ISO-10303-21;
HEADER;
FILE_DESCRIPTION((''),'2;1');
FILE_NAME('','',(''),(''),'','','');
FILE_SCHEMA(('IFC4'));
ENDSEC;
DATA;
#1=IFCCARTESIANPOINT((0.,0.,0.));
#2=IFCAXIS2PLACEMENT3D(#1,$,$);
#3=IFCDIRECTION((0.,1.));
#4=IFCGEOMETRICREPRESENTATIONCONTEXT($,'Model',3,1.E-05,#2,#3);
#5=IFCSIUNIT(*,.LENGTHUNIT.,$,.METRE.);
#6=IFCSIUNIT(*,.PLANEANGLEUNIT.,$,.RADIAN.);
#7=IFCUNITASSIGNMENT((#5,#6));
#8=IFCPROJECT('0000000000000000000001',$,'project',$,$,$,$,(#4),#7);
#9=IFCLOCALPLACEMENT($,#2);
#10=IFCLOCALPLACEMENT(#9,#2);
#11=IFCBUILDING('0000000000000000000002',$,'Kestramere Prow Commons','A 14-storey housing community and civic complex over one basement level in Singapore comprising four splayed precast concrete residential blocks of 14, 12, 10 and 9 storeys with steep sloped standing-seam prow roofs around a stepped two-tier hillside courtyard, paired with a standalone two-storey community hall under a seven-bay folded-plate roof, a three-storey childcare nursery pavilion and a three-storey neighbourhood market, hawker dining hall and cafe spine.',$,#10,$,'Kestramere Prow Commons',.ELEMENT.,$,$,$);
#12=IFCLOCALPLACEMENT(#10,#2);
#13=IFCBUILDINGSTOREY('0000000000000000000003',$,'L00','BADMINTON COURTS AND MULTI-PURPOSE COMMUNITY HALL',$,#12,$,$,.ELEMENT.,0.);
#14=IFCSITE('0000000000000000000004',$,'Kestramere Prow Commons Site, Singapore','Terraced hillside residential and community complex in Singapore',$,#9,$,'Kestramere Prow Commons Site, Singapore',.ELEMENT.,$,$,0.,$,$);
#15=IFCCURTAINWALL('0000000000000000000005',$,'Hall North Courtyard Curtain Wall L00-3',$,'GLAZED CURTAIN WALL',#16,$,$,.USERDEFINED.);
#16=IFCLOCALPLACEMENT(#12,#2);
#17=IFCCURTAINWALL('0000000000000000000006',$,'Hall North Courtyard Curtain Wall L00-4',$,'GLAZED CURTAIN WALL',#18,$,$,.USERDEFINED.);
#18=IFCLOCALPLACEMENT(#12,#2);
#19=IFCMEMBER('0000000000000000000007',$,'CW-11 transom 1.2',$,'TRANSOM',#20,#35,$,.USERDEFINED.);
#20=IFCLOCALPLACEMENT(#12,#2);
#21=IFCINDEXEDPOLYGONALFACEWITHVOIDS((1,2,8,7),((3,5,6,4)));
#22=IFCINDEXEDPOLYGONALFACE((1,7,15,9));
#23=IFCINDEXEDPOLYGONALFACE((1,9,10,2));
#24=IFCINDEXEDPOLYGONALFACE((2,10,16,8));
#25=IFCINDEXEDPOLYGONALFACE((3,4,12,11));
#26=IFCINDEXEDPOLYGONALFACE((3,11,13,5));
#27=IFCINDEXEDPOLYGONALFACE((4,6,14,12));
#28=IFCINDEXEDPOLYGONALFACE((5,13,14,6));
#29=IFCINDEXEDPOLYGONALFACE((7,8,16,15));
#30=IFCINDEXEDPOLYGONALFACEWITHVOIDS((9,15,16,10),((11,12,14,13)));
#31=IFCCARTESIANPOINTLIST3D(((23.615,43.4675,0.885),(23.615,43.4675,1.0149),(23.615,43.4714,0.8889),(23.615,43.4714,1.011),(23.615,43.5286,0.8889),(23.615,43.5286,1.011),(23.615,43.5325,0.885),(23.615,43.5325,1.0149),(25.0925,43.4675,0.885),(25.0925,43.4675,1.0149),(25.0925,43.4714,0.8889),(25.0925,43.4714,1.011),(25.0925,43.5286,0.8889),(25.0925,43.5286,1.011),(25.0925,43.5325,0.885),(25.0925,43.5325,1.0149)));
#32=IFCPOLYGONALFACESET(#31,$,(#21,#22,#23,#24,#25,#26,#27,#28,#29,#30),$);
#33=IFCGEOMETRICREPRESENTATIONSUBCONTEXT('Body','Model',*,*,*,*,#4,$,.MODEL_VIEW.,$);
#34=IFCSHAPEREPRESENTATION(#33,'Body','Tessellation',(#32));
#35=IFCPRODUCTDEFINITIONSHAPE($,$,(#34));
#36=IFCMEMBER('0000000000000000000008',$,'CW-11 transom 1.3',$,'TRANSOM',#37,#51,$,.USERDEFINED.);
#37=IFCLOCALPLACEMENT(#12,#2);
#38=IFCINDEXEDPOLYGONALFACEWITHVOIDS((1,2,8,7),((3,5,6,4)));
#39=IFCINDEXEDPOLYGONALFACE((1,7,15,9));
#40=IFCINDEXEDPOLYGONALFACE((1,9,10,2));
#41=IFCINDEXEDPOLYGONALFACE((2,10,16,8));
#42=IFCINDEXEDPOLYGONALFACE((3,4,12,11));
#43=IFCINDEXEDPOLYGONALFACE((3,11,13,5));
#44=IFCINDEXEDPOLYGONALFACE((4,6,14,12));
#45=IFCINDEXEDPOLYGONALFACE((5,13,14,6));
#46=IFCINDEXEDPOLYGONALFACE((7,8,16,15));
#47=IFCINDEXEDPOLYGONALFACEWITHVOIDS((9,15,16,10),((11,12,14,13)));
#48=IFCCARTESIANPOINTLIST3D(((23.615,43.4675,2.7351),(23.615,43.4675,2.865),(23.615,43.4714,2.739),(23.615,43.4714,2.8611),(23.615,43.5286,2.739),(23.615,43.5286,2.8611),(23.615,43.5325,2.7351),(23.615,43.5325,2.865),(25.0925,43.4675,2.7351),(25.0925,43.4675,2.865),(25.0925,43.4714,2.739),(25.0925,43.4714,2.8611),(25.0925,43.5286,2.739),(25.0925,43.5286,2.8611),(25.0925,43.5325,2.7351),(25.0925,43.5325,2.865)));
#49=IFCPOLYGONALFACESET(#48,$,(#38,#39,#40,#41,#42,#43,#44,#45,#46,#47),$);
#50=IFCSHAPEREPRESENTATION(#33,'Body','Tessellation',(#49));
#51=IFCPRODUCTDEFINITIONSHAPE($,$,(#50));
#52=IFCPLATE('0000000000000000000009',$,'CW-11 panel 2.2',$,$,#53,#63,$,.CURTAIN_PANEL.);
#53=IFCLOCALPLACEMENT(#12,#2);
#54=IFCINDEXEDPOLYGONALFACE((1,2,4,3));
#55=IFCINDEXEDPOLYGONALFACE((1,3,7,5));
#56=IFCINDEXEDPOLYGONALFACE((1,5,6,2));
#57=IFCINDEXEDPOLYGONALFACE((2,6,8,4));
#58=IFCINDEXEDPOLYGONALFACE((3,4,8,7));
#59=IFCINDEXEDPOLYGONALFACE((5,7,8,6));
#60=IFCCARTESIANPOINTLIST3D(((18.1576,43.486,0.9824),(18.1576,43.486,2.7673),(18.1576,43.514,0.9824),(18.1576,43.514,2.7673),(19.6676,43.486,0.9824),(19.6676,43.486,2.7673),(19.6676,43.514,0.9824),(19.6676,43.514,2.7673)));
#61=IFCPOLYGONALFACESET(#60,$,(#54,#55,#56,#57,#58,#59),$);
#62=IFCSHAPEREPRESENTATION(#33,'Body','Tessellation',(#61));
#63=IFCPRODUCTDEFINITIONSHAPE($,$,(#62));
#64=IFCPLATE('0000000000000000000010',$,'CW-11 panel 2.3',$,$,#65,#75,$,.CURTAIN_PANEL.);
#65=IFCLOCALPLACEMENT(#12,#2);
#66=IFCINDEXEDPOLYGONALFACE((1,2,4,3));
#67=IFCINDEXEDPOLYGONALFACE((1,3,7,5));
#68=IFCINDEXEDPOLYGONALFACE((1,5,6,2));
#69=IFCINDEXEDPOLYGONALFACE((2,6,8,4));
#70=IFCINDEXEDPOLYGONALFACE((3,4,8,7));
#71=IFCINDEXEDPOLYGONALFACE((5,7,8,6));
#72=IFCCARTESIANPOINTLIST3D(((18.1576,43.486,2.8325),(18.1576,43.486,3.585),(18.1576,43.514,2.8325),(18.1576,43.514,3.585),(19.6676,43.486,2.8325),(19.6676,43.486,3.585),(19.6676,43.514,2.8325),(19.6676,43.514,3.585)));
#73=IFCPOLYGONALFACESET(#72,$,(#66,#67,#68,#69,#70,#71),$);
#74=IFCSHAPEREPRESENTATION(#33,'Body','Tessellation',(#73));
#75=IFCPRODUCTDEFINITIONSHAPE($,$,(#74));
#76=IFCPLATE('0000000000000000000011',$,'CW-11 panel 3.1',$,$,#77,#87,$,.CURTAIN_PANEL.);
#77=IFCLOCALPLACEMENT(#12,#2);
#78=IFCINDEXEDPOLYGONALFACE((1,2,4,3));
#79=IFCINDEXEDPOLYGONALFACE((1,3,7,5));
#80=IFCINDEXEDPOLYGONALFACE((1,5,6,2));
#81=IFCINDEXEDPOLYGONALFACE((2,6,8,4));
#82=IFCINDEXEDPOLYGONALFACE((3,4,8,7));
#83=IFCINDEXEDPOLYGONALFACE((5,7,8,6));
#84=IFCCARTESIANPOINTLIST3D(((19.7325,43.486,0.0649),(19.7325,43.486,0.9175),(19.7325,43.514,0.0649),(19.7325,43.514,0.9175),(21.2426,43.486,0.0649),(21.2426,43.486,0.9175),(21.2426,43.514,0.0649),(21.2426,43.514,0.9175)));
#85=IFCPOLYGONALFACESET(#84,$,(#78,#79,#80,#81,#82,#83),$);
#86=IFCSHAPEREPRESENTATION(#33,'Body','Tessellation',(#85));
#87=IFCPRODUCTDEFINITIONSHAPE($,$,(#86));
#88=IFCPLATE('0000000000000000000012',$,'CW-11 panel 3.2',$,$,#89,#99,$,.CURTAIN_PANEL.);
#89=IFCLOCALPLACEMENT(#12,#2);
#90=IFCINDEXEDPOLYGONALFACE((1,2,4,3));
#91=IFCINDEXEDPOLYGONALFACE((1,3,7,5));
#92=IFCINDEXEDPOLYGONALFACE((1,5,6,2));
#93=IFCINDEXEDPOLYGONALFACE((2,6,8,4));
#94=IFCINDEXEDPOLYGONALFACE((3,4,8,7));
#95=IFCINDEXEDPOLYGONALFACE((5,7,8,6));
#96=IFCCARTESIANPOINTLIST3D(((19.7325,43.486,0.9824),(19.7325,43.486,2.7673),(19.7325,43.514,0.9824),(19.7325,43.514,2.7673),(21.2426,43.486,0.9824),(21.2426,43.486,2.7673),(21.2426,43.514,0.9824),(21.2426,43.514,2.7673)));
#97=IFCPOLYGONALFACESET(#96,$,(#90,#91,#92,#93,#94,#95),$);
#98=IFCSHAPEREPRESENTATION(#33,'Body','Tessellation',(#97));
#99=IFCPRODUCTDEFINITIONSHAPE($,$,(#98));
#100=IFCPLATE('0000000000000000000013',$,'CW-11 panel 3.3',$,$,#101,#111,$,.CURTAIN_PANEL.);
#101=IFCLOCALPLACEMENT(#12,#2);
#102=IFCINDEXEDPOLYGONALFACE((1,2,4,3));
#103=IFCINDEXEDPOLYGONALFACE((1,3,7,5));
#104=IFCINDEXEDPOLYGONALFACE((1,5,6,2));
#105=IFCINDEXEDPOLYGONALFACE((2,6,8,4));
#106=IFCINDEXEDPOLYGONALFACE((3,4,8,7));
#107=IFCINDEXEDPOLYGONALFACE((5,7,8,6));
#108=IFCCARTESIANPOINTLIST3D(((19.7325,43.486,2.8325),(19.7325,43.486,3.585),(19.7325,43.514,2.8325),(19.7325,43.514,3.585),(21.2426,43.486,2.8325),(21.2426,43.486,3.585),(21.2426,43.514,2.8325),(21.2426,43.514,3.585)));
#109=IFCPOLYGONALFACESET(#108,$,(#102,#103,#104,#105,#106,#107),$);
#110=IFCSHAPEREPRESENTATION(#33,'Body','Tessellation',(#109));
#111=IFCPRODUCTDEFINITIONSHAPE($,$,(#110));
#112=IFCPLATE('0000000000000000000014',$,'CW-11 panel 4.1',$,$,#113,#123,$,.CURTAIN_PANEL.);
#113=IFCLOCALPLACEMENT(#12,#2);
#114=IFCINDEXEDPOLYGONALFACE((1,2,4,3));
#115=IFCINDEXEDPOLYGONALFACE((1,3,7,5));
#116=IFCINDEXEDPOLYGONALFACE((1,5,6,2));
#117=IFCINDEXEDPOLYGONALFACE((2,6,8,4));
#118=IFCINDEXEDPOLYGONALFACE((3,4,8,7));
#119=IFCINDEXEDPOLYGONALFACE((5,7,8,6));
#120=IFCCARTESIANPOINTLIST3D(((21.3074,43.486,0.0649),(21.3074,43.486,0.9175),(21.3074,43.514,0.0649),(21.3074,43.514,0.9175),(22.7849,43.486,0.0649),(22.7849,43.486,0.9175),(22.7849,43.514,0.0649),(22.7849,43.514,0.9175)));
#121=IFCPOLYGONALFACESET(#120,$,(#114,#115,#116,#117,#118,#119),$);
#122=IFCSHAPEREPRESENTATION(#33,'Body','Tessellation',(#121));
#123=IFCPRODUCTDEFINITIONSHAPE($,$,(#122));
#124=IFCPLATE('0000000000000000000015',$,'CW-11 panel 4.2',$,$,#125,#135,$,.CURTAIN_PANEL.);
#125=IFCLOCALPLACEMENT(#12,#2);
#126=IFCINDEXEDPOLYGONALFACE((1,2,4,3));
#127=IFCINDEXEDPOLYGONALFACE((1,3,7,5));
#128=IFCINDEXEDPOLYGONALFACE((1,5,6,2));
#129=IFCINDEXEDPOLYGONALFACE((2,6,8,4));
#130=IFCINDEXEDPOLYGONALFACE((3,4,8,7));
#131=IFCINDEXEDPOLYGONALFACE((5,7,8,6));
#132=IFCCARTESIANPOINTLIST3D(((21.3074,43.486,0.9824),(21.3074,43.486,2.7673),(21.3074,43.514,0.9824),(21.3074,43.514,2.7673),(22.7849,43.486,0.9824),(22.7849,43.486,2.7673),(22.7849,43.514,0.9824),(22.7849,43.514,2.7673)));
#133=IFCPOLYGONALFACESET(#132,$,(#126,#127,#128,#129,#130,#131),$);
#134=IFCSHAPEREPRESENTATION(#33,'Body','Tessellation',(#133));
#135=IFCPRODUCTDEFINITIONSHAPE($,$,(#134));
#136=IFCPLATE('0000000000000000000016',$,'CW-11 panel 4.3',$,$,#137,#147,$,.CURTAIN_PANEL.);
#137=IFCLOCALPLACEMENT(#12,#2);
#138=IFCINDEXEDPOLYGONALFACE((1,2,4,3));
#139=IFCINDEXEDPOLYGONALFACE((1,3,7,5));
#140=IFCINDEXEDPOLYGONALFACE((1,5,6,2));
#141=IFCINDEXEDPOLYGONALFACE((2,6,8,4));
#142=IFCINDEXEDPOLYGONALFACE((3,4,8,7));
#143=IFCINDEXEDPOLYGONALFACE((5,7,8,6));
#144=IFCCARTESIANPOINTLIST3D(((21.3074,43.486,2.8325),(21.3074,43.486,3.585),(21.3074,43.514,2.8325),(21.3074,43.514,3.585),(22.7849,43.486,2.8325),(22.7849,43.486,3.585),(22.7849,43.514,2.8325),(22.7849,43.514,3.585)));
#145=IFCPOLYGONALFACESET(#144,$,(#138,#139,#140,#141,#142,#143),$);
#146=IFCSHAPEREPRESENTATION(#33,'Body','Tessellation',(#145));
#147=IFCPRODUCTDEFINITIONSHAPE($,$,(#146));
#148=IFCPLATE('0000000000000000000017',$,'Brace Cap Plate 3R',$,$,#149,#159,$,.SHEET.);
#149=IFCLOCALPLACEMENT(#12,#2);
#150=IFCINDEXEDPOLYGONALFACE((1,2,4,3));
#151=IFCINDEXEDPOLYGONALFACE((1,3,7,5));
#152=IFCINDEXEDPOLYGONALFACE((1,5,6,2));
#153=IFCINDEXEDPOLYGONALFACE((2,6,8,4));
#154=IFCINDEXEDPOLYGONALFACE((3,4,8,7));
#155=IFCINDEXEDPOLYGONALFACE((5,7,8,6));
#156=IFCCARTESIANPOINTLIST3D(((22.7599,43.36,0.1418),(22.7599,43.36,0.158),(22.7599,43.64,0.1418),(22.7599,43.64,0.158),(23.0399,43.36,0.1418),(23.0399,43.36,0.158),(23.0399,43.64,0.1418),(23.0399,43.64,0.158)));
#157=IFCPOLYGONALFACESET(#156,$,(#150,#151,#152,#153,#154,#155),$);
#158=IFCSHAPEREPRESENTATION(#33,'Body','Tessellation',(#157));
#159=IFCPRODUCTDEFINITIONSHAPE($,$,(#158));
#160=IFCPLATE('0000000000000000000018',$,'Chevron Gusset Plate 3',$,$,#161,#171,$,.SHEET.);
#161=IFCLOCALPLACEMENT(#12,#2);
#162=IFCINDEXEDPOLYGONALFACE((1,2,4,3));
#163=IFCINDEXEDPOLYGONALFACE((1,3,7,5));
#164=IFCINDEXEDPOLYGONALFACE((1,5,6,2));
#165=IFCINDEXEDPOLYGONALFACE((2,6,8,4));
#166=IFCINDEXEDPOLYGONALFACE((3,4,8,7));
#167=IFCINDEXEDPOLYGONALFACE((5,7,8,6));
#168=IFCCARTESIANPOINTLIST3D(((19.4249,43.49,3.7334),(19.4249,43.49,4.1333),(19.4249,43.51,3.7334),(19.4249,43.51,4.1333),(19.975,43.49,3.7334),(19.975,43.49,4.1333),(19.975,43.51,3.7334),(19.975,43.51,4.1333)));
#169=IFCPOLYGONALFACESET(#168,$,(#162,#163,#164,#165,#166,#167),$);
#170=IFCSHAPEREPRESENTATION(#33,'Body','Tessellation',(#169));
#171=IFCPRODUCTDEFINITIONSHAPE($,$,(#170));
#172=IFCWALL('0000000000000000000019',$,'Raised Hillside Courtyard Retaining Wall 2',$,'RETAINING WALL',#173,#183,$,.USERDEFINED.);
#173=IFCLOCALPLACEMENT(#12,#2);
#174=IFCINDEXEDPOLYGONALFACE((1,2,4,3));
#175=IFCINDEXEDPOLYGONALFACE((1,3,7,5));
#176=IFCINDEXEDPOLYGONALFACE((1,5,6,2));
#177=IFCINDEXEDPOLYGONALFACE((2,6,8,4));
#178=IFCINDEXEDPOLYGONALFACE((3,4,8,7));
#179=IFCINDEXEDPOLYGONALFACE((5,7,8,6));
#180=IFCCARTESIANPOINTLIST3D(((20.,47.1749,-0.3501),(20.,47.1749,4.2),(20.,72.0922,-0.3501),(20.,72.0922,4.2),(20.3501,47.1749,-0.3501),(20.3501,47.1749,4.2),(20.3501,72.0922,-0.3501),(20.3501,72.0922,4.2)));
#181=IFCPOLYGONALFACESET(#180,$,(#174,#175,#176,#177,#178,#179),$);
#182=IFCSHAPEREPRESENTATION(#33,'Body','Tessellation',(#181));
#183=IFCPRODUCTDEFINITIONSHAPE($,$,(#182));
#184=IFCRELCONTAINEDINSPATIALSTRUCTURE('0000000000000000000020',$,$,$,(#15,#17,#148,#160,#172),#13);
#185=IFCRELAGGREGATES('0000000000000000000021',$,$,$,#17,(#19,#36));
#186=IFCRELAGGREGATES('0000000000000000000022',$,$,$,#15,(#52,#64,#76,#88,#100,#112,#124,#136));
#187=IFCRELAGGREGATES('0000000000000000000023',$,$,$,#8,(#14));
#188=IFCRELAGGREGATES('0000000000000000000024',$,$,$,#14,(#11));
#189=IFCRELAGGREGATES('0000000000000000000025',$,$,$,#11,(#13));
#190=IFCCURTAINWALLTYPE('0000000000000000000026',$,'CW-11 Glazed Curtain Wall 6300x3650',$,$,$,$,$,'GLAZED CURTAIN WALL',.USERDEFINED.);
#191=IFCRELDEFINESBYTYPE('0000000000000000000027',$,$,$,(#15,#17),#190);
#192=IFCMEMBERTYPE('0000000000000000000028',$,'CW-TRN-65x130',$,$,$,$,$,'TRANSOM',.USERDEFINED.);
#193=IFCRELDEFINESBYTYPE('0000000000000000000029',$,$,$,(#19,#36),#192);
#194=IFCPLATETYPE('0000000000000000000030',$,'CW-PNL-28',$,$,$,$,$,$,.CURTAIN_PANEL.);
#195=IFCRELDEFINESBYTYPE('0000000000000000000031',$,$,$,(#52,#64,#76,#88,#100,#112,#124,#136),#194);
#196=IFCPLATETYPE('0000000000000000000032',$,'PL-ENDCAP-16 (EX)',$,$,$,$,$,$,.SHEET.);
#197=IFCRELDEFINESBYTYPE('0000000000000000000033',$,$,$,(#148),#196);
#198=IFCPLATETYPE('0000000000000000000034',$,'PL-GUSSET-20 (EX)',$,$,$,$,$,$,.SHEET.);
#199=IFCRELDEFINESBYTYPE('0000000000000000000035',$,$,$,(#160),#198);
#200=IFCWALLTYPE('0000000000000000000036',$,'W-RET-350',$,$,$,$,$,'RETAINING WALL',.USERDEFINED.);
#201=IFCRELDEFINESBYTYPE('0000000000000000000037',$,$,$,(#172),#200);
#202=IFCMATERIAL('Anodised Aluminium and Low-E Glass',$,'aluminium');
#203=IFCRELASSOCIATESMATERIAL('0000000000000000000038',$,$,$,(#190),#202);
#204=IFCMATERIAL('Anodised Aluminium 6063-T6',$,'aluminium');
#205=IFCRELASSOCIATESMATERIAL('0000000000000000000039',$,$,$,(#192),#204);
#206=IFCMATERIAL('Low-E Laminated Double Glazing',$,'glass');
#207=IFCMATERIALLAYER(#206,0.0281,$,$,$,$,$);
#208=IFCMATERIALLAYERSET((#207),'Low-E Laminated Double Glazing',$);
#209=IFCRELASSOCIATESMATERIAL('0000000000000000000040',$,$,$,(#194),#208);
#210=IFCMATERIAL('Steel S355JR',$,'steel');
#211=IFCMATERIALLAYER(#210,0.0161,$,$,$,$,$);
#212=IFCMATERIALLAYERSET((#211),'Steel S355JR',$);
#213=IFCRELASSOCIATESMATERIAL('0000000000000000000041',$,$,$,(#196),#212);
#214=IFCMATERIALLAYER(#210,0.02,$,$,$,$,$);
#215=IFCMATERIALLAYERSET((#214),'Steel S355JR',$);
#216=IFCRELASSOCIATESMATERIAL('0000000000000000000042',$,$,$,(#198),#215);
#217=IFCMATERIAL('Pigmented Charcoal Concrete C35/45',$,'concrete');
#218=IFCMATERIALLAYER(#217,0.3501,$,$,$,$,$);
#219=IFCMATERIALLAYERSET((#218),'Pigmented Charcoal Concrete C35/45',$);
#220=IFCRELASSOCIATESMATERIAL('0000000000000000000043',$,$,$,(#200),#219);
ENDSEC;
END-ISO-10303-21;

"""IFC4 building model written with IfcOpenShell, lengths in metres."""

from ifc_helpers import new_model, si_unit, direction, frame, frame_2d, origin, origin_2d, place, context, subcontext, project, spatial, rectangle, hollow_rectangle, extrude, material, layer, layer_set, material_profile, profile_set, type_object, element, aggregate, save


model = new_model("IFC4")

# Units and contexts
model_context = context("Model", 3, precision=1e-05, world=origin(), true_north=direction((0.0, 1.0)))
body_context = subcontext(model_context, "Body", "Model", "MODEL_VIEW")
ifc_project = project(units=[si_unit("LENGTHUNIT", "METRE"), si_unit("PLANEANGLEUNIT", "RADIAN")], contexts=[model_context])

# Site, building, storey
site_placement = place(None, origin())
site = spatial("IfcSite", under=ifc_project, at=site_placement, Name="Kestramere Prow Commons Site, Singapore", Description="Terraced hillside residential and community complex in Singapore", LongName="Kestramere Prow Commons Site, Singapore", CompositionType="ELEMENT", RefElevation=0.0)
building_placement = place(site_placement, origin())
building = spatial("IfcBuilding", under=site, at=building_placement, Name="Kestramere Prow Commons", Description="A 14-storey housing community and civic complex over one basement level in Singapore comprising four splayed precast concrete residential blocks of 14, 12, 10 and 9 storeys with steep sloped standing-seam prow roofs around a stepped two-tier hillside courtyard, paired with a standalone two-storey community hall under a seven-bay folded-plate roof, a three-storey childcare nursery pavilion and a three-storey neighbourhood market, hawker dining hall and cafe spine.", LongName="Kestramere Prow Commons", CompositionType="ELEMENT")
storey_placement = place(building_placement, origin())
storey = spatial("IfcBuildingStorey", under=building, at=storey_placement, Name="L00", Description="BADMINTON COURTS AND MULTI-PURPOSE COMMUNITY HALL", CompositionType="ELEMENT", Elevation=0.0)

# Shared definitions
ifc_material_1 = material(Name="Steel S355JR", Category="steel")

# Curtain wall
ifc_material_2 = material(Name="Anodised Aluminium and Low-E Glass", Category="aluminium")
curtain_wall_type = type_object("IfcCurtainWallType", Name="CW-11 Glazed Curtain Wall 6300x3650", ElementType="GLAZED CURTAIN WALL", PredefinedType="USERDEFINED", material=ifc_material_2)
curtain_wall_1_placement = place(storey_placement, origin())
curtain_wall_1 = element("IfcCurtainWall", 1, at=curtain_wall_1_placement, inside=storey, type_object=curtain_wall_type, Name="Hall North Courtyard Curtain Wall L00-3", ObjectType="GLAZED CURTAIN WALL", PredefinedType="USERDEFINED")
ifc_material_3 = material(Name="Anodised Aluminium 6063-T6", Category="aluminium")

# Curtain wall
curtain_wall_2_placement = place(storey_placement, origin())
curtain_wall_2 = element("IfcCurtainWall", 2, at=curtain_wall_2_placement, inside=storey, type_object=curtain_wall_type, Name="Hall North Courtyard Curtain Wall L00-4", ObjectType="GLAZED CURTAIN WALL", PredefinedType="USERDEFINED")

# Members
ifc_material_profile_1 = material_profile(ifc_material_3, hollow_rectangle(XDim=0.0649, YDim=0.1299, WallThickness=0.0039, at=origin_2d()), Name="ALU-TRN 65x130")
ifc_profile_set_1 = profile_set([ifc_material_profile_1], Name="Anodised Aluminium 6063-T6")
member_type_1 = type_object("IfcMemberType", Name="CW-TRN-65x130", ElementType="TRANSOM", PredefinedType="USERDEFINED", material=ifc_profile_set_1)
member_1_placement = place(storey_placement, frame((23.615, 43.5, 0.95), z_axis=(1.0, 0.0, 0.0), x_axis=(0.0, 1.0, 0.0)))
member_1 = element("IfcMember", 3, at=member_1_placement, type_object=member_type_1, Name="CW-11 transom 1.2", ObjectType="TRANSOM", PredefinedType="USERDEFINED", context=body_context, shape_type="SweptSolid", body=[
    extrude(hollow_rectangle(XDim=0.0649, YDim=0.1299, WallThickness=0.0039, at=origin_2d()), origin(), (0.0, 0.0, 1.0), 1.4775),
])
member_2_placement = place(storey_placement, frame((23.615, 43.5, 2.8), z_axis=(1.0, 0.0, 0.0), x_axis=(0.0, 1.0, 0.0)))
member_2 = element("IfcMember", 4, at=member_2_placement, type_object=member_type_1, Name="CW-11 transom 1.3", ObjectType="TRANSOM", PredefinedType="USERDEFINED", context=body_context, shape_type="SweptSolid", body=[
    extrude(hollow_rectangle(XDim=0.0649, YDim=0.1299, WallThickness=0.0039, at=origin_2d()), origin(), (0.0, 0.0, 1.0), 1.4775),
])
aggregate(curtain_wall_2, [member_1, member_2])

# Plates
ifc_material_4 = material(Name="Low-E Laminated Double Glazing", Category="glass")
ifc_layer_1 = layer(ifc_material_4, 0.0281)
ifc_layer_set_1 = layer_set([ifc_layer_1], Name="Low-E Laminated Double Glazing")
plate_type_1 = type_object("IfcPlateType", Name="CW-PNL-28", PredefinedType="CURTAIN_PANEL", material=ifc_layer_set_1)
plate_1_placement = place(storey_placement, frame((18.9126, 43.5, 0.9824), z_axis=(0.0, 0.0, 1.0), x_axis=(1.0, 0.0, 0.0)))
plate_1 = element("IfcPlate", 5, at=plate_1_placement, type_object=plate_type_1, Name="CW-11 panel 2.2", PredefinedType="CURTAIN_PANEL", context=body_context, shape_type="SweptSolid", body=[
    extrude(rectangle(XDim=1.51, YDim=0.0281, at=origin_2d()), origin(), (0.0, 0.0, 1.0), 1.7849),
])
plate_2_placement = place(storey_placement, frame((18.9126, 43.5, 2.8325), z_axis=(0.0, 0.0, 1.0), x_axis=(1.0, 0.0, 0.0)))
plate_2 = element("IfcPlate", 6, at=plate_2_placement, type_object=plate_type_1, Name="CW-11 panel 2.3", PredefinedType="CURTAIN_PANEL", context=body_context, shape_type="SweptSolid", body=[
    extrude(rectangle(XDim=1.51, YDim=0.0281, at=origin_2d()), origin(), (0.0, 0.0, 1.0), 0.7524),
])
plate_3_placement = place(storey_placement, frame((20.4875, 43.5, 0.0649), z_axis=(0.0, 0.0, 1.0), x_axis=(1.0, 0.0, 0.0)))
plate_3 = element("IfcPlate", 7, at=plate_3_placement, type_object=plate_type_1, Name="CW-11 panel 3.1", PredefinedType="CURTAIN_PANEL", context=body_context, shape_type="SweptSolid", body=[
    extrude(rectangle(XDim=1.51, YDim=0.0281, at=origin_2d()), origin(), (0.0, 0.0, 1.0), 0.8525),
])
plate_4_placement = place(storey_placement, frame((20.4875, 43.5, 0.9824), z_axis=(0.0, 0.0, 1.0), x_axis=(1.0, 0.0, 0.0)))
plate_4 = element("IfcPlate", 8, at=plate_4_placement, type_object=plate_type_1, Name="CW-11 panel 3.2", PredefinedType="CURTAIN_PANEL", context=body_context, shape_type="SweptSolid", body=[
    extrude(rectangle(XDim=1.51, YDim=0.0281, at=origin_2d()), origin(), (0.0, 0.0, 1.0), 1.7849),
])
plate_5_placement = place(storey_placement, frame((20.4875, 43.5, 2.8325), z_axis=(0.0, 0.0, 1.0), x_axis=(1.0, 0.0, 0.0)))
plate_5 = element("IfcPlate", 9, at=plate_5_placement, type_object=plate_type_1, Name="CW-11 panel 3.3", PredefinedType="CURTAIN_PANEL", context=body_context, shape_type="SweptSolid", body=[
    extrude(rectangle(XDim=1.51, YDim=0.0281, at=origin_2d()), origin(), (0.0, 0.0, 1.0), 0.7524),
])
plate_6_placement = place(storey_placement, frame((22.0461, 43.5, 0.0649), z_axis=(0.0, 0.0, 1.0), x_axis=(1.0, 0.0, 0.0)))
plate_6 = element("IfcPlate", 10, at=plate_6_placement, type_object=plate_type_1, Name="CW-11 panel 4.1", PredefinedType="CURTAIN_PANEL", context=body_context, shape_type="SweptSolid", body=[
    extrude(rectangle(XDim=1.4775, YDim=0.0281, at=origin_2d()), origin(), (0.0, 0.0, 1.0), 0.8525),
])
plate_7_placement = place(storey_placement, frame((22.0461, 43.5, 0.9824), z_axis=(0.0, 0.0, 1.0), x_axis=(1.0, 0.0, 0.0)))
plate_7 = element("IfcPlate", 11, at=plate_7_placement, type_object=plate_type_1, Name="CW-11 panel 4.2", PredefinedType="CURTAIN_PANEL", context=body_context, shape_type="SweptSolid", body=[
    extrude(rectangle(XDim=1.4775, YDim=0.0281, at=origin_2d()), origin(), (0.0, 0.0, 1.0), 1.7849),
])
plate_8_placement = place(storey_placement, frame((22.0461, 43.5, 2.8325), z_axis=(0.0, 0.0, 1.0), x_axis=(1.0, 0.0, 0.0)))
plate_8 = element("IfcPlate", 12, at=plate_8_placement, type_object=plate_type_1, Name="CW-11 panel 4.3", PredefinedType="CURTAIN_PANEL", context=body_context, shape_type="SweptSolid", body=[
    extrude(rectangle(XDim=1.4775, YDim=0.0281, at=origin_2d()), origin(), (0.0, 0.0, 1.0), 0.7524),
])
aggregate(curtain_wall_1, [plate_1, plate_2, plate_3, plate_4, plate_5, plate_6, plate_7, plate_8])

# Plates
ifc_layer_2 = layer(ifc_material_1, 0.0161)
ifc_layer_set_2 = layer_set([ifc_layer_2], Name="Steel S355JR")
plate_type_2 = type_object("IfcPlateType", Name="PL-ENDCAP-16 (EX)", PredefinedType="SHEET", material=ifc_layer_set_2)
plate_9_placement = place(storey_placement, frame((22.8999, 43.5, 0.1418), z_axis=(0.0, 0.0, 1.0), x_axis=(1.0, 0.0, 0.0)))
element("IfcPlate", 13, at=plate_9_placement, inside=storey, type_object=plate_type_2, Name="Brace Cap Plate 3R", PredefinedType="SHEET", context=body_context, shape_type="SweptSolid", body=[
    extrude(rectangle(XDim=0.28, YDim=0.28, at=origin_2d()), origin(), (0.0, 0.0, 1.0), 0.0161),
])
ifc_layer_3 = layer(ifc_material_1, 0.02)
ifc_layer_set_3 = layer_set([ifc_layer_3], Name="Steel S355JR")
plate_type_3 = type_object("IfcPlateType", Name="PL-GUSSET-20 (EX)", PredefinedType="SHEET", material=ifc_layer_set_3)
plate_10_placement = place(storey_placement, frame((19.7, 43.5, 3.7334), z_axis=(0.0, 0.0, 1.0), x_axis=(1.0, 0.0, 0.0)))
element("IfcPlate", 14, at=plate_10_placement, inside=storey, type_object=plate_type_3, Name="Chevron Gusset Plate 3", PredefinedType="SHEET", context=body_context, shape_type="SweptSolid", body=[
    extrude(rectangle(XDim=0.55, YDim=0.02, at=origin_2d()), origin(), (0.0, 0.0, 1.0), 0.3999),
])

# Wall
ifc_material_5 = material(Name="Pigmented Charcoal Concrete C35/45", Category="concrete")
ifc_layer_4 = layer(ifc_material_5, 0.3501)
ifc_layer_set_4 = layer_set([ifc_layer_4], Name="Pigmented Charcoal Concrete C35/45")
wall_type = type_object("IfcWallType", Name="W-RET-350", ElementType="RETAINING WALL", PredefinedType="USERDEFINED", material=ifc_layer_set_4)
wall_placement = place(storey_placement, frame((20.175, 47.175, -0.3501), z_axis=(0.0, 0.0, 1.0), x_axis=(0.0, 1.0, 0.0)))
element("IfcWall", 15, at=wall_placement, inside=storey, type_object=wall_type, Name="Raised Hillside Courtyard Retaining Wall 2", ObjectType="RETAINING WALL", PredefinedType="USERDEFINED", context=body_context, shape_type="SweptSolid", body=[
    extrude(rectangle(XDim=24.9172, YDim=0.3501, at=frame_2d((12.4585, 0.0))), origin(), (0.0, 0.0, 1.0), 4.55),
])

save(model, "model.ifc")
